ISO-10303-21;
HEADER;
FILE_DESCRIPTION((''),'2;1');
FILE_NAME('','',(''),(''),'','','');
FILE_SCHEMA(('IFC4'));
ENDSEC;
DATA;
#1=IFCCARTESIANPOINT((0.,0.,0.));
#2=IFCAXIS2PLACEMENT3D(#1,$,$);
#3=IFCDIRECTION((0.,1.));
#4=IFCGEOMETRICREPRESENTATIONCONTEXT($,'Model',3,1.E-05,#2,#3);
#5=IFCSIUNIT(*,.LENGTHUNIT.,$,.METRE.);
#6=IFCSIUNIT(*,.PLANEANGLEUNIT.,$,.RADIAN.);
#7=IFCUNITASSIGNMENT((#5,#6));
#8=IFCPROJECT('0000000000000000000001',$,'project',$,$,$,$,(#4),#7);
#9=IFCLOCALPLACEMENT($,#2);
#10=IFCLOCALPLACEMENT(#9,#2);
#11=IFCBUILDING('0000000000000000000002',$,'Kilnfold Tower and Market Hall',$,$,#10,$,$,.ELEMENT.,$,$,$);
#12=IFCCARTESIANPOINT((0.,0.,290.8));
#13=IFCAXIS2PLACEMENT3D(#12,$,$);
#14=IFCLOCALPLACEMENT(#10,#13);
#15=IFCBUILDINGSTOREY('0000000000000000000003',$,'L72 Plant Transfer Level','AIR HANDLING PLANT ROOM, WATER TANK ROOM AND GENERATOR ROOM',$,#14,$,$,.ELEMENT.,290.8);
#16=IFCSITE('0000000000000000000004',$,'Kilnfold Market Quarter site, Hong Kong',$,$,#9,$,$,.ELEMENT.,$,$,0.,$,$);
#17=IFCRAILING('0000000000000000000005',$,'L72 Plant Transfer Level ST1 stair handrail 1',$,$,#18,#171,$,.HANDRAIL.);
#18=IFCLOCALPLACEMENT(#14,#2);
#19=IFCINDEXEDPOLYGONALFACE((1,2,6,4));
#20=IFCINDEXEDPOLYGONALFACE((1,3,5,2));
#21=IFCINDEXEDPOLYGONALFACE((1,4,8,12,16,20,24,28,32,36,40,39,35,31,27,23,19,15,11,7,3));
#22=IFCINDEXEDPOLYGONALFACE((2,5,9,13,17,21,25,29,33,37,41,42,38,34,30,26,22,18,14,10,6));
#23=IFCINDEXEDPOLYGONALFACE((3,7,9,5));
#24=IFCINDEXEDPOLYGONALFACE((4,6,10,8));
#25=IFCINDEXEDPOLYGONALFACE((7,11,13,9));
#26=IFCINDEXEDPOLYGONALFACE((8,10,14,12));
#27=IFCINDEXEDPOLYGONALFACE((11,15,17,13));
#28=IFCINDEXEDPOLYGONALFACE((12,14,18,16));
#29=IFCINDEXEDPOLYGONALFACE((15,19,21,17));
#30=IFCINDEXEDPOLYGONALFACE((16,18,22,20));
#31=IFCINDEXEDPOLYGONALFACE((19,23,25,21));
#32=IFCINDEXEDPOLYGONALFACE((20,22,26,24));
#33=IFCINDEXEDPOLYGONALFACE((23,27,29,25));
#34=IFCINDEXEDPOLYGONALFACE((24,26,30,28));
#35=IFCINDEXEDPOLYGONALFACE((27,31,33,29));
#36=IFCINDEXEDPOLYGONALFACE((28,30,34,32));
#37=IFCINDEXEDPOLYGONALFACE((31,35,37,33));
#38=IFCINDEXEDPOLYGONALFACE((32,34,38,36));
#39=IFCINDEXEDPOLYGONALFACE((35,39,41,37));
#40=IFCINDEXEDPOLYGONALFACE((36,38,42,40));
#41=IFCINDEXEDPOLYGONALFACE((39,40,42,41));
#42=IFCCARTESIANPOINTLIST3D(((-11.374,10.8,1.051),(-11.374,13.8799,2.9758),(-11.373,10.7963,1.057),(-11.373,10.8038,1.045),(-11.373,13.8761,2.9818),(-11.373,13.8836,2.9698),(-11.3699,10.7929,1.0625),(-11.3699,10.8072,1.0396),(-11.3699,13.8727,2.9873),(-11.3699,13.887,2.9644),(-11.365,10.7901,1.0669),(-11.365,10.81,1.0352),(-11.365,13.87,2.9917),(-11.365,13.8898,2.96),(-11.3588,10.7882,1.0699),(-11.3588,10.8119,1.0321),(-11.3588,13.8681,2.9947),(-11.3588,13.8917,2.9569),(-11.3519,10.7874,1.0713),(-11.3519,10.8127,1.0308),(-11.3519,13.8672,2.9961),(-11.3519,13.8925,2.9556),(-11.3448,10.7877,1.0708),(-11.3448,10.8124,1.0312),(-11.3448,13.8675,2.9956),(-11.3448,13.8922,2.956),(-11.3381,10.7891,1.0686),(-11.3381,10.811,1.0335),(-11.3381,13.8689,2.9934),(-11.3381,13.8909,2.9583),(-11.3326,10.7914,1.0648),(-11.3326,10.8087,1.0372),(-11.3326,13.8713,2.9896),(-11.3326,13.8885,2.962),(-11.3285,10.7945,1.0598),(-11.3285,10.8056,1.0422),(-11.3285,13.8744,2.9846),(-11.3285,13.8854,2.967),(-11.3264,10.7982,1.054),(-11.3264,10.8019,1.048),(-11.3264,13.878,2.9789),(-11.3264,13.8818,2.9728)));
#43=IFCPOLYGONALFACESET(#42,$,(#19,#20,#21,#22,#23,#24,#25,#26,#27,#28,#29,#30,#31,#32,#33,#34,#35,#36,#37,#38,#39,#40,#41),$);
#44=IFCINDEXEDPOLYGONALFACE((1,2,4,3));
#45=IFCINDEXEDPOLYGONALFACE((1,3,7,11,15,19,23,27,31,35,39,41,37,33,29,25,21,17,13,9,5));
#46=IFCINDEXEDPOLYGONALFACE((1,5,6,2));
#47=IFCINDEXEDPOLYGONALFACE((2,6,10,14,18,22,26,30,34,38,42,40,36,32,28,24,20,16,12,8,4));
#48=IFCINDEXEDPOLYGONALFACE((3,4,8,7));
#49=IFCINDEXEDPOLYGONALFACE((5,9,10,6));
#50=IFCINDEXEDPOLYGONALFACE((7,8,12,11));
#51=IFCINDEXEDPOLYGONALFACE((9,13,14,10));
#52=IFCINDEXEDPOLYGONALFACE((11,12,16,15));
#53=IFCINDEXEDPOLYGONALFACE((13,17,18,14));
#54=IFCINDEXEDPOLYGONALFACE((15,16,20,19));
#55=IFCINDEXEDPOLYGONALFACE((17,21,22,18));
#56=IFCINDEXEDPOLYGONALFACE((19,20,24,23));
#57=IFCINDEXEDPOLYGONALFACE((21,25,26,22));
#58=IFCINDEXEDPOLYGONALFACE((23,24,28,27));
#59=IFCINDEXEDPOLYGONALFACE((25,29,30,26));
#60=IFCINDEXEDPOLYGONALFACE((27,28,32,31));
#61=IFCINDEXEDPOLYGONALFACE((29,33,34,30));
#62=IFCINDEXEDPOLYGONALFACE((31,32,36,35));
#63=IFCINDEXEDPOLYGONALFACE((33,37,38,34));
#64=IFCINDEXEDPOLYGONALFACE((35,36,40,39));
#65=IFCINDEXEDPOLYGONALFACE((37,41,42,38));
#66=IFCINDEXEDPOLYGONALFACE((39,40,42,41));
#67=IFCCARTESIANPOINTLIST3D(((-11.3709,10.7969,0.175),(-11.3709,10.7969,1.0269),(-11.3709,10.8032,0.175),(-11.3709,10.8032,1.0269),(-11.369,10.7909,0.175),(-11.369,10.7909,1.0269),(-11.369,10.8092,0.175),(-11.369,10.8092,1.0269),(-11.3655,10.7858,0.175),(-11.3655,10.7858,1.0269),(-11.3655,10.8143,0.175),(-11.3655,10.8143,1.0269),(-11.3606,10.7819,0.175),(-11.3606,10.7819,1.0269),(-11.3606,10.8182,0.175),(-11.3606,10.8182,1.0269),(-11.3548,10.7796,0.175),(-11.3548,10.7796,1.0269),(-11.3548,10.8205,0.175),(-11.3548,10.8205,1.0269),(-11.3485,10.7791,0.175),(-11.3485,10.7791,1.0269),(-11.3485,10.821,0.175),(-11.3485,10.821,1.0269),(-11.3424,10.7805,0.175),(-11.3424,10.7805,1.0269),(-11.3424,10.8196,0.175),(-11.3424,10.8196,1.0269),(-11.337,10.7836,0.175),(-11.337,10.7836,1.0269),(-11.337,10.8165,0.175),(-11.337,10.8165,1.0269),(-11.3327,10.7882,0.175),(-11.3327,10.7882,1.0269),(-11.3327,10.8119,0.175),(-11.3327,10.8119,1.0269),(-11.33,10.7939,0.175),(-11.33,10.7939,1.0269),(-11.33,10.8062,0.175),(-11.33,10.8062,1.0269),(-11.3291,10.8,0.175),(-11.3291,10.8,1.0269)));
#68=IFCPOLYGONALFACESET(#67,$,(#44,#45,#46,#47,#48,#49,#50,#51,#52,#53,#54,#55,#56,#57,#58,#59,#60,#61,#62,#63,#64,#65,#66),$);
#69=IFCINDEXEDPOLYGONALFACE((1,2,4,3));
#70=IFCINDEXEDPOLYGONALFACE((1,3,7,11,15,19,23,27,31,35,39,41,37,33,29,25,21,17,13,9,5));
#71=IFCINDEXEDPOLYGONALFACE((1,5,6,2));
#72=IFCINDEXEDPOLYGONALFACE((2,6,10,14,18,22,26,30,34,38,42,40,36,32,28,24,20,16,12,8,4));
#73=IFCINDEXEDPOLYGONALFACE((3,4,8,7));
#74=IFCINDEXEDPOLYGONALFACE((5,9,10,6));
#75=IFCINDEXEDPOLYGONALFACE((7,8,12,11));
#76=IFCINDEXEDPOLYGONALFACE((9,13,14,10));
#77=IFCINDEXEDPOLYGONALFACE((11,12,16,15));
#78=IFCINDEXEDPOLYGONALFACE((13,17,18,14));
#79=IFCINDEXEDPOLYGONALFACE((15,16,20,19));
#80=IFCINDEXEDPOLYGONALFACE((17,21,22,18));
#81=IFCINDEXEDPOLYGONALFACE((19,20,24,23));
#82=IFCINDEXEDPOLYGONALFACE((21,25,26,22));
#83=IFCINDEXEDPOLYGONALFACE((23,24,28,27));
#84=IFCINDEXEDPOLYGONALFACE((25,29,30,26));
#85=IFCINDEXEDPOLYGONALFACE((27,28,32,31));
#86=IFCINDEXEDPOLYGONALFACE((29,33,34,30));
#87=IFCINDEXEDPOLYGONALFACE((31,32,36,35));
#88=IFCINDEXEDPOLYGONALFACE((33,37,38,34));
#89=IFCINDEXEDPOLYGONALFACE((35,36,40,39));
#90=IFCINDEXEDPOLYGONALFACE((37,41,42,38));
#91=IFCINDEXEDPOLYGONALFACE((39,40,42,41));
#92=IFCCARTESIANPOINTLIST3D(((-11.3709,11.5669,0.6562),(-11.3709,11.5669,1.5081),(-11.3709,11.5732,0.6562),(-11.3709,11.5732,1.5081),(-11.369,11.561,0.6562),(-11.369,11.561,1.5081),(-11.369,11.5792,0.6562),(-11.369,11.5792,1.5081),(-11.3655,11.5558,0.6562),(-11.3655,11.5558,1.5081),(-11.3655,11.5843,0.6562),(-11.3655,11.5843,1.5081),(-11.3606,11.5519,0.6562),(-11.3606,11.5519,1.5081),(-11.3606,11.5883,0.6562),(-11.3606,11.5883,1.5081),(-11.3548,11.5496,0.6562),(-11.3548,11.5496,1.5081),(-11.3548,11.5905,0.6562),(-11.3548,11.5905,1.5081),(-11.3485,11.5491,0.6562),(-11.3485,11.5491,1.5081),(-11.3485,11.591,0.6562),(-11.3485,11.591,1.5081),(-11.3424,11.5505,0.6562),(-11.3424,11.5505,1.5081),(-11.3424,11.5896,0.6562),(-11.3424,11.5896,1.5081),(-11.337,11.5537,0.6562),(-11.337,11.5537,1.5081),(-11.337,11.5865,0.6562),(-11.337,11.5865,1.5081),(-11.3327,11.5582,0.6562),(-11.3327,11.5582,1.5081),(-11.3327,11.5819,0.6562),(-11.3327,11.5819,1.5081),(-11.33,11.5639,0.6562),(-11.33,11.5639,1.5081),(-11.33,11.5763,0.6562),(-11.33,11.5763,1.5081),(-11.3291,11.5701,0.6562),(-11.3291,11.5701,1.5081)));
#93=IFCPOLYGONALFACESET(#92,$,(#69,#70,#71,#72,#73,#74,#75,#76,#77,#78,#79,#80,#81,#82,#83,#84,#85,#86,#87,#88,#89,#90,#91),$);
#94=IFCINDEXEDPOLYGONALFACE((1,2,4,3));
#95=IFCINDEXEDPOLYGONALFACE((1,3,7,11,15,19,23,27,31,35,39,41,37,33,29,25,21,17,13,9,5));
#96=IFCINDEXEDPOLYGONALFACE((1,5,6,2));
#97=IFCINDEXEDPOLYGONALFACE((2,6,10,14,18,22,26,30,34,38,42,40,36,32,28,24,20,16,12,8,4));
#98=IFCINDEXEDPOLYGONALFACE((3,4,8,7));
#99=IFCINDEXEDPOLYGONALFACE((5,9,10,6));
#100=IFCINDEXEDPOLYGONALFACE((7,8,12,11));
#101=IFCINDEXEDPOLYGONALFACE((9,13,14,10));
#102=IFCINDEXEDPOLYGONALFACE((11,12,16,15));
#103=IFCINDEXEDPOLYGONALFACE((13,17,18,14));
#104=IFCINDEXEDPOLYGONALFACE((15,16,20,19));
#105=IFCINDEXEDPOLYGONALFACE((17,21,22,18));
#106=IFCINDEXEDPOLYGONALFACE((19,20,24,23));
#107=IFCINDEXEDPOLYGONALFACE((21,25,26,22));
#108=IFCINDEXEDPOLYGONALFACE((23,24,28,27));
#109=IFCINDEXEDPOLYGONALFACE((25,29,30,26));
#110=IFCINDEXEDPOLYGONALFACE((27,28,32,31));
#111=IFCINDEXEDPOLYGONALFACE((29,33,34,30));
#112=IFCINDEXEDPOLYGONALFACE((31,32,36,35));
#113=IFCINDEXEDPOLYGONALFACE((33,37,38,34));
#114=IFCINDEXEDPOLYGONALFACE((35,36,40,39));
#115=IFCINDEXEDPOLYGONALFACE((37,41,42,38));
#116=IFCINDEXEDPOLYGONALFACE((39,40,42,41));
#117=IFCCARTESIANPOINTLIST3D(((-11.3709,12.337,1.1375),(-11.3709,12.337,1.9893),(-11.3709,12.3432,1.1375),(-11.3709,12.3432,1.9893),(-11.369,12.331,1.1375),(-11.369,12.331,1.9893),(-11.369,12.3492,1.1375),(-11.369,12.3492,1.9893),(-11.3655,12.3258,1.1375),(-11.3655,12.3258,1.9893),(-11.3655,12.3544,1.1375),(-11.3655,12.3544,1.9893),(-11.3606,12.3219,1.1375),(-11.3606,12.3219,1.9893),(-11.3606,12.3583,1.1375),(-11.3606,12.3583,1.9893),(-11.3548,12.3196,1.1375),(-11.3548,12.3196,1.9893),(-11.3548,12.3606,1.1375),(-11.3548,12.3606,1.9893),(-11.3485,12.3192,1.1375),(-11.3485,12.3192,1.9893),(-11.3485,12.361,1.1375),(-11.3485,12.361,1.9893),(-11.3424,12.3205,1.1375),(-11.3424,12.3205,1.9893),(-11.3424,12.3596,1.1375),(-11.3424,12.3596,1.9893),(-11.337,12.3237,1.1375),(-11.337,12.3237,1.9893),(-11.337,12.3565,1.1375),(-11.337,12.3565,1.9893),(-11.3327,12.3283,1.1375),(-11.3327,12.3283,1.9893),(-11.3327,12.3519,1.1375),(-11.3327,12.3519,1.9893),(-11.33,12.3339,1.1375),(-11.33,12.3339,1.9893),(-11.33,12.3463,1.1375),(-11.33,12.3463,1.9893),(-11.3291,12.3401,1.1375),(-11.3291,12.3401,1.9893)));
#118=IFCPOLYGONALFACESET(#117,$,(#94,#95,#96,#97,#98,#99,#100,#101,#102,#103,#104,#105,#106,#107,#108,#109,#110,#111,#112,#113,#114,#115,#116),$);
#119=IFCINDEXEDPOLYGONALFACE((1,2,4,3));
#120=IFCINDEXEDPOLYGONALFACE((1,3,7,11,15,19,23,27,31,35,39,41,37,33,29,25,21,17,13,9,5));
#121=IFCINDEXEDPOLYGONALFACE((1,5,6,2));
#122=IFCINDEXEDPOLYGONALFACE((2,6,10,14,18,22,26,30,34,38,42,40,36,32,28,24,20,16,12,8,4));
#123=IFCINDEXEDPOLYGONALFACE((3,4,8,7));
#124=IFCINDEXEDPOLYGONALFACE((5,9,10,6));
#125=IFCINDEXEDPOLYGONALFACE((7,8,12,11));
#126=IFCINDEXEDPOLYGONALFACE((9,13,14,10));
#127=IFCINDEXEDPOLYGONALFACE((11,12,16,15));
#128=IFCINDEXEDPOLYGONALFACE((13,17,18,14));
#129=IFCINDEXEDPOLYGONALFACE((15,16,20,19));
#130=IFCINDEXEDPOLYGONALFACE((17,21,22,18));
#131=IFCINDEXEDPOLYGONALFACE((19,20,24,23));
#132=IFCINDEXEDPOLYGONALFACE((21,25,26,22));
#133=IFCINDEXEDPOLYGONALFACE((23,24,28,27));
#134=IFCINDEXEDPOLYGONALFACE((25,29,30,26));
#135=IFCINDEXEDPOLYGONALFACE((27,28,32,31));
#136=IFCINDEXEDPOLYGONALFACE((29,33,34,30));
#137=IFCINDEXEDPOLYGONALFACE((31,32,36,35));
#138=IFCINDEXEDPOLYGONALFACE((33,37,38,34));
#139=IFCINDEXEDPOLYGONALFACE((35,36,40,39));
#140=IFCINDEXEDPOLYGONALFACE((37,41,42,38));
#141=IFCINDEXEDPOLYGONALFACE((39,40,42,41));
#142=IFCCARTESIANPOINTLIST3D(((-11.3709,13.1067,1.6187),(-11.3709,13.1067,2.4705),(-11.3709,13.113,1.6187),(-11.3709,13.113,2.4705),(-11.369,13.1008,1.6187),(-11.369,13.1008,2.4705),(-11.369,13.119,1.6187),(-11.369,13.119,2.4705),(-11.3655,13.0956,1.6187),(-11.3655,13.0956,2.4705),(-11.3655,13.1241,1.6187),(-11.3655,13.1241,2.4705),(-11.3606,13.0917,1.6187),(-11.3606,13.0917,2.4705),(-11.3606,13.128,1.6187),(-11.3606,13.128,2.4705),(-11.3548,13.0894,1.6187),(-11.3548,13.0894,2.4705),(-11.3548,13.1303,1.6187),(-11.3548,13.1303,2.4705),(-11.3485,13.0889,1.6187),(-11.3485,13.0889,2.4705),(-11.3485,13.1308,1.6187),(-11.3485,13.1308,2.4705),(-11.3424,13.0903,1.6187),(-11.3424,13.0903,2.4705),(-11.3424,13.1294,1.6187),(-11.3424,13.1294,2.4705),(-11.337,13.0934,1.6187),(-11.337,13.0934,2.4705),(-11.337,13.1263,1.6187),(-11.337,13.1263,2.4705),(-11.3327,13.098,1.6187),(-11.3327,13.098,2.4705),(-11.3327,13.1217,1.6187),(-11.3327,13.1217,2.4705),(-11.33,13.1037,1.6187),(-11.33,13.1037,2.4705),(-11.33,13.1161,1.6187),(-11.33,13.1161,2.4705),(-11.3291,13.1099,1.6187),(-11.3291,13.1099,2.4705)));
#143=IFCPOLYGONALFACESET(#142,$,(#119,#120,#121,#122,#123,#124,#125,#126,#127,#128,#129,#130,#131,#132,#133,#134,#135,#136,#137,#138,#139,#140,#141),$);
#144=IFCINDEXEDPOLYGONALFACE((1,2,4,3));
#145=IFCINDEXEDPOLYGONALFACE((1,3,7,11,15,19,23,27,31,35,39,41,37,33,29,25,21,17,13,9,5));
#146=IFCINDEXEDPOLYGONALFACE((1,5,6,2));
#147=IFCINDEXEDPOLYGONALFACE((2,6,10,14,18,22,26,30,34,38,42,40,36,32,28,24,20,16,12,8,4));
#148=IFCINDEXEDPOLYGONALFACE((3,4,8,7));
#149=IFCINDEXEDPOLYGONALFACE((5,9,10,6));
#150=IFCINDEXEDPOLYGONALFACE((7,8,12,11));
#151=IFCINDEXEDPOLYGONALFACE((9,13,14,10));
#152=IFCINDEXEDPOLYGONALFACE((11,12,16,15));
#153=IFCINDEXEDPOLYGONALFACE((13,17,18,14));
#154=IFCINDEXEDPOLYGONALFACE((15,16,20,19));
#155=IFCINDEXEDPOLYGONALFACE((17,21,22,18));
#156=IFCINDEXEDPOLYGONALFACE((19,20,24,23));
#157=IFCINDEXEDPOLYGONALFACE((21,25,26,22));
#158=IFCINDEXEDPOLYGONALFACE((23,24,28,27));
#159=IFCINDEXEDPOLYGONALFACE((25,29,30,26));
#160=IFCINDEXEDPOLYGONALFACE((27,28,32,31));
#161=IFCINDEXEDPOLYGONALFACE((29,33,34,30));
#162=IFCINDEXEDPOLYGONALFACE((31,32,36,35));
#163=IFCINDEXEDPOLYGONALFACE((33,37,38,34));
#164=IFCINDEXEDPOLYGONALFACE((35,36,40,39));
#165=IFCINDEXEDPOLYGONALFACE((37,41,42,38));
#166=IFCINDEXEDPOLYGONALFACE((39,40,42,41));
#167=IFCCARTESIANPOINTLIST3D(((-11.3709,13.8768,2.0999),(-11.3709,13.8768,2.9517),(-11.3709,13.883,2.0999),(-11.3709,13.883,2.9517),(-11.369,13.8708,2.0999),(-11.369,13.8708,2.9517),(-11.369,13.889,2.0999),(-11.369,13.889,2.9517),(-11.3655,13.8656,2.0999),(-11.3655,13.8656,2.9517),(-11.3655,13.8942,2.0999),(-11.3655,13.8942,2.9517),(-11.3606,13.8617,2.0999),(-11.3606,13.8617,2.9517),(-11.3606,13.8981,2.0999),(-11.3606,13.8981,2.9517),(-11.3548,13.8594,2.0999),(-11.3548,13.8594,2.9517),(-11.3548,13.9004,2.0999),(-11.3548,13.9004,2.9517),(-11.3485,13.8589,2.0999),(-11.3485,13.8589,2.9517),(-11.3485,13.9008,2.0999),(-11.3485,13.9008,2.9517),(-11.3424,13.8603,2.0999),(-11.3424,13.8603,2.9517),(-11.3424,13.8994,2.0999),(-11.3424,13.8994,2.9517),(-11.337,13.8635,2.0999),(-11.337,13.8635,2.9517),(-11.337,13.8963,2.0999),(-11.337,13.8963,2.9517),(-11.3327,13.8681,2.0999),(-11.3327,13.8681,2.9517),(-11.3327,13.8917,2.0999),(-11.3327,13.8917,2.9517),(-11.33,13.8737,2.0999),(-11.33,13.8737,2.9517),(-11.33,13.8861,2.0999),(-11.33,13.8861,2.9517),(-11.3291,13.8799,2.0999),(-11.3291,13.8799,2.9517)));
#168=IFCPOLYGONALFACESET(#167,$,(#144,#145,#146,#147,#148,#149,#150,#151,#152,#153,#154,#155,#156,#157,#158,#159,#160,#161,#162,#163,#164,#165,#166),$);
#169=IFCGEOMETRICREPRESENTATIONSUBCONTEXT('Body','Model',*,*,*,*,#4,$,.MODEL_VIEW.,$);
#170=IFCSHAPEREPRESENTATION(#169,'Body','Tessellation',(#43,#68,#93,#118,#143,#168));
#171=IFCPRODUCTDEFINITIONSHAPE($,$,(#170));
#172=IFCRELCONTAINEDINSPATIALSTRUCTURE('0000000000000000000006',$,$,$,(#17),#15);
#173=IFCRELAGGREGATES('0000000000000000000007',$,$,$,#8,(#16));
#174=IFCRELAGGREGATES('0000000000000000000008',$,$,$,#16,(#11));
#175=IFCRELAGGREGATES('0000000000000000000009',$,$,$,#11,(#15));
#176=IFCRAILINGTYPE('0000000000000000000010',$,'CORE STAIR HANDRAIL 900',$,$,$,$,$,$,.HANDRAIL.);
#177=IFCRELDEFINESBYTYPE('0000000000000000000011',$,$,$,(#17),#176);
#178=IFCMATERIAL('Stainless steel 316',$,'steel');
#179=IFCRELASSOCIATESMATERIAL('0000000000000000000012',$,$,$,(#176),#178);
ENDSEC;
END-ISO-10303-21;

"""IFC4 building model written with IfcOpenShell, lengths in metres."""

from ifc_helpers import new_model, si_unit, direction, frame, origin, origin_2d, place, context, subcontext, project, spatial, circle, extrude, material, type_object, element, save


model = new_model("IFC4")

# Units and contexts
model_context = context("Model", 3, precision=1e-05, world=origin(), true_north=direction((0.0, 1.0)))
body_context = subcontext(model_context, "Body", "Model", "MODEL_VIEW")
ifc_project = project(units=[si_unit("LENGTHUNIT", "METRE"), si_unit("PLANEANGLEUNIT", "RADIAN")], contexts=[model_context])

# Site, building, storey
site_placement = place(None, origin())
site = spatial("IfcSite", under=ifc_project, at=site_placement, Name="Kilnfold Market Quarter site, Hong Kong", CompositionType="ELEMENT", RefElevation=0.0)
building_placement = place(site_placement, origin())
building = spatial("IfcBuilding", under=site, at=building_placement, Name="Kilnfold Tower and Market Hall", CompositionType="ELEMENT")
storey_placement = place(building_placement, frame((0.0, 0.0, 290.8)))
storey = spatial("IfcBuildingStorey", under=building, at=storey_placement, Name="L72 Plant Transfer Level", Description="AIR HANDLING PLANT ROOM, WATER TANK ROOM AND GENERATOR ROOM", CompositionType="ELEMENT", Elevation=290.8)

# Railing
ifc_material_1 = material(Name="Stainless steel 316", Category="steel")
railing_type_1 = type_object("IfcRailingType", Name="CORE STAIR HANDRAIL 900", PredefinedType="HANDRAIL", material=ifc_material_1)
railing_1_placement = place(storey_placement, frame((-11.3501, 10.8, 0.175)))
element("IfcRailing", 1, at=railing_1_placement, inside=storey, type_object=railing_type_1, Name="L72 Plant Transfer Level ST1 stair handrail 1", PredefinedType="HANDRAIL", context=body_context, shape_type="SweptSolid", body=[
    extrude(circle(Radius=0.0239, at=origin_2d()), frame((0.0, 0.0, 0.876), z_axis=(0.0, 0.84801, 0.529981), x_axis=(-1.0, 0.0, 0.0)), (0.0, 0.0, 1.0), 3.6318),
    extrude(circle(Radius=0.021, at=origin_2d()), origin(), (0.0, 0.0, 1.0), 0.8518),
    extrude(circle(Radius=0.021, at=origin_2d()), frame((0.0, 0.77, 0.4812)), (0.0, 0.0, 1.0), 0.8518),
    extrude(circle(Radius=0.021, at=origin_2d()), frame((0.0, 1.54, 0.9624)), (0.0, 0.0, 1.0), 0.8518),
    extrude(circle(Radius=0.021, at=origin_2d()), frame((0.0, 2.3098, 1.4436)), (0.0, 0.0, 1.0), 0.8518),
    extrude(circle(Radius=0.021, at=origin_2d()), frame((0.0, 3.0798, 1.9248)), (0.0, 0.0, 1.0), 0.8518),
])

save(model, "model.ifc")
